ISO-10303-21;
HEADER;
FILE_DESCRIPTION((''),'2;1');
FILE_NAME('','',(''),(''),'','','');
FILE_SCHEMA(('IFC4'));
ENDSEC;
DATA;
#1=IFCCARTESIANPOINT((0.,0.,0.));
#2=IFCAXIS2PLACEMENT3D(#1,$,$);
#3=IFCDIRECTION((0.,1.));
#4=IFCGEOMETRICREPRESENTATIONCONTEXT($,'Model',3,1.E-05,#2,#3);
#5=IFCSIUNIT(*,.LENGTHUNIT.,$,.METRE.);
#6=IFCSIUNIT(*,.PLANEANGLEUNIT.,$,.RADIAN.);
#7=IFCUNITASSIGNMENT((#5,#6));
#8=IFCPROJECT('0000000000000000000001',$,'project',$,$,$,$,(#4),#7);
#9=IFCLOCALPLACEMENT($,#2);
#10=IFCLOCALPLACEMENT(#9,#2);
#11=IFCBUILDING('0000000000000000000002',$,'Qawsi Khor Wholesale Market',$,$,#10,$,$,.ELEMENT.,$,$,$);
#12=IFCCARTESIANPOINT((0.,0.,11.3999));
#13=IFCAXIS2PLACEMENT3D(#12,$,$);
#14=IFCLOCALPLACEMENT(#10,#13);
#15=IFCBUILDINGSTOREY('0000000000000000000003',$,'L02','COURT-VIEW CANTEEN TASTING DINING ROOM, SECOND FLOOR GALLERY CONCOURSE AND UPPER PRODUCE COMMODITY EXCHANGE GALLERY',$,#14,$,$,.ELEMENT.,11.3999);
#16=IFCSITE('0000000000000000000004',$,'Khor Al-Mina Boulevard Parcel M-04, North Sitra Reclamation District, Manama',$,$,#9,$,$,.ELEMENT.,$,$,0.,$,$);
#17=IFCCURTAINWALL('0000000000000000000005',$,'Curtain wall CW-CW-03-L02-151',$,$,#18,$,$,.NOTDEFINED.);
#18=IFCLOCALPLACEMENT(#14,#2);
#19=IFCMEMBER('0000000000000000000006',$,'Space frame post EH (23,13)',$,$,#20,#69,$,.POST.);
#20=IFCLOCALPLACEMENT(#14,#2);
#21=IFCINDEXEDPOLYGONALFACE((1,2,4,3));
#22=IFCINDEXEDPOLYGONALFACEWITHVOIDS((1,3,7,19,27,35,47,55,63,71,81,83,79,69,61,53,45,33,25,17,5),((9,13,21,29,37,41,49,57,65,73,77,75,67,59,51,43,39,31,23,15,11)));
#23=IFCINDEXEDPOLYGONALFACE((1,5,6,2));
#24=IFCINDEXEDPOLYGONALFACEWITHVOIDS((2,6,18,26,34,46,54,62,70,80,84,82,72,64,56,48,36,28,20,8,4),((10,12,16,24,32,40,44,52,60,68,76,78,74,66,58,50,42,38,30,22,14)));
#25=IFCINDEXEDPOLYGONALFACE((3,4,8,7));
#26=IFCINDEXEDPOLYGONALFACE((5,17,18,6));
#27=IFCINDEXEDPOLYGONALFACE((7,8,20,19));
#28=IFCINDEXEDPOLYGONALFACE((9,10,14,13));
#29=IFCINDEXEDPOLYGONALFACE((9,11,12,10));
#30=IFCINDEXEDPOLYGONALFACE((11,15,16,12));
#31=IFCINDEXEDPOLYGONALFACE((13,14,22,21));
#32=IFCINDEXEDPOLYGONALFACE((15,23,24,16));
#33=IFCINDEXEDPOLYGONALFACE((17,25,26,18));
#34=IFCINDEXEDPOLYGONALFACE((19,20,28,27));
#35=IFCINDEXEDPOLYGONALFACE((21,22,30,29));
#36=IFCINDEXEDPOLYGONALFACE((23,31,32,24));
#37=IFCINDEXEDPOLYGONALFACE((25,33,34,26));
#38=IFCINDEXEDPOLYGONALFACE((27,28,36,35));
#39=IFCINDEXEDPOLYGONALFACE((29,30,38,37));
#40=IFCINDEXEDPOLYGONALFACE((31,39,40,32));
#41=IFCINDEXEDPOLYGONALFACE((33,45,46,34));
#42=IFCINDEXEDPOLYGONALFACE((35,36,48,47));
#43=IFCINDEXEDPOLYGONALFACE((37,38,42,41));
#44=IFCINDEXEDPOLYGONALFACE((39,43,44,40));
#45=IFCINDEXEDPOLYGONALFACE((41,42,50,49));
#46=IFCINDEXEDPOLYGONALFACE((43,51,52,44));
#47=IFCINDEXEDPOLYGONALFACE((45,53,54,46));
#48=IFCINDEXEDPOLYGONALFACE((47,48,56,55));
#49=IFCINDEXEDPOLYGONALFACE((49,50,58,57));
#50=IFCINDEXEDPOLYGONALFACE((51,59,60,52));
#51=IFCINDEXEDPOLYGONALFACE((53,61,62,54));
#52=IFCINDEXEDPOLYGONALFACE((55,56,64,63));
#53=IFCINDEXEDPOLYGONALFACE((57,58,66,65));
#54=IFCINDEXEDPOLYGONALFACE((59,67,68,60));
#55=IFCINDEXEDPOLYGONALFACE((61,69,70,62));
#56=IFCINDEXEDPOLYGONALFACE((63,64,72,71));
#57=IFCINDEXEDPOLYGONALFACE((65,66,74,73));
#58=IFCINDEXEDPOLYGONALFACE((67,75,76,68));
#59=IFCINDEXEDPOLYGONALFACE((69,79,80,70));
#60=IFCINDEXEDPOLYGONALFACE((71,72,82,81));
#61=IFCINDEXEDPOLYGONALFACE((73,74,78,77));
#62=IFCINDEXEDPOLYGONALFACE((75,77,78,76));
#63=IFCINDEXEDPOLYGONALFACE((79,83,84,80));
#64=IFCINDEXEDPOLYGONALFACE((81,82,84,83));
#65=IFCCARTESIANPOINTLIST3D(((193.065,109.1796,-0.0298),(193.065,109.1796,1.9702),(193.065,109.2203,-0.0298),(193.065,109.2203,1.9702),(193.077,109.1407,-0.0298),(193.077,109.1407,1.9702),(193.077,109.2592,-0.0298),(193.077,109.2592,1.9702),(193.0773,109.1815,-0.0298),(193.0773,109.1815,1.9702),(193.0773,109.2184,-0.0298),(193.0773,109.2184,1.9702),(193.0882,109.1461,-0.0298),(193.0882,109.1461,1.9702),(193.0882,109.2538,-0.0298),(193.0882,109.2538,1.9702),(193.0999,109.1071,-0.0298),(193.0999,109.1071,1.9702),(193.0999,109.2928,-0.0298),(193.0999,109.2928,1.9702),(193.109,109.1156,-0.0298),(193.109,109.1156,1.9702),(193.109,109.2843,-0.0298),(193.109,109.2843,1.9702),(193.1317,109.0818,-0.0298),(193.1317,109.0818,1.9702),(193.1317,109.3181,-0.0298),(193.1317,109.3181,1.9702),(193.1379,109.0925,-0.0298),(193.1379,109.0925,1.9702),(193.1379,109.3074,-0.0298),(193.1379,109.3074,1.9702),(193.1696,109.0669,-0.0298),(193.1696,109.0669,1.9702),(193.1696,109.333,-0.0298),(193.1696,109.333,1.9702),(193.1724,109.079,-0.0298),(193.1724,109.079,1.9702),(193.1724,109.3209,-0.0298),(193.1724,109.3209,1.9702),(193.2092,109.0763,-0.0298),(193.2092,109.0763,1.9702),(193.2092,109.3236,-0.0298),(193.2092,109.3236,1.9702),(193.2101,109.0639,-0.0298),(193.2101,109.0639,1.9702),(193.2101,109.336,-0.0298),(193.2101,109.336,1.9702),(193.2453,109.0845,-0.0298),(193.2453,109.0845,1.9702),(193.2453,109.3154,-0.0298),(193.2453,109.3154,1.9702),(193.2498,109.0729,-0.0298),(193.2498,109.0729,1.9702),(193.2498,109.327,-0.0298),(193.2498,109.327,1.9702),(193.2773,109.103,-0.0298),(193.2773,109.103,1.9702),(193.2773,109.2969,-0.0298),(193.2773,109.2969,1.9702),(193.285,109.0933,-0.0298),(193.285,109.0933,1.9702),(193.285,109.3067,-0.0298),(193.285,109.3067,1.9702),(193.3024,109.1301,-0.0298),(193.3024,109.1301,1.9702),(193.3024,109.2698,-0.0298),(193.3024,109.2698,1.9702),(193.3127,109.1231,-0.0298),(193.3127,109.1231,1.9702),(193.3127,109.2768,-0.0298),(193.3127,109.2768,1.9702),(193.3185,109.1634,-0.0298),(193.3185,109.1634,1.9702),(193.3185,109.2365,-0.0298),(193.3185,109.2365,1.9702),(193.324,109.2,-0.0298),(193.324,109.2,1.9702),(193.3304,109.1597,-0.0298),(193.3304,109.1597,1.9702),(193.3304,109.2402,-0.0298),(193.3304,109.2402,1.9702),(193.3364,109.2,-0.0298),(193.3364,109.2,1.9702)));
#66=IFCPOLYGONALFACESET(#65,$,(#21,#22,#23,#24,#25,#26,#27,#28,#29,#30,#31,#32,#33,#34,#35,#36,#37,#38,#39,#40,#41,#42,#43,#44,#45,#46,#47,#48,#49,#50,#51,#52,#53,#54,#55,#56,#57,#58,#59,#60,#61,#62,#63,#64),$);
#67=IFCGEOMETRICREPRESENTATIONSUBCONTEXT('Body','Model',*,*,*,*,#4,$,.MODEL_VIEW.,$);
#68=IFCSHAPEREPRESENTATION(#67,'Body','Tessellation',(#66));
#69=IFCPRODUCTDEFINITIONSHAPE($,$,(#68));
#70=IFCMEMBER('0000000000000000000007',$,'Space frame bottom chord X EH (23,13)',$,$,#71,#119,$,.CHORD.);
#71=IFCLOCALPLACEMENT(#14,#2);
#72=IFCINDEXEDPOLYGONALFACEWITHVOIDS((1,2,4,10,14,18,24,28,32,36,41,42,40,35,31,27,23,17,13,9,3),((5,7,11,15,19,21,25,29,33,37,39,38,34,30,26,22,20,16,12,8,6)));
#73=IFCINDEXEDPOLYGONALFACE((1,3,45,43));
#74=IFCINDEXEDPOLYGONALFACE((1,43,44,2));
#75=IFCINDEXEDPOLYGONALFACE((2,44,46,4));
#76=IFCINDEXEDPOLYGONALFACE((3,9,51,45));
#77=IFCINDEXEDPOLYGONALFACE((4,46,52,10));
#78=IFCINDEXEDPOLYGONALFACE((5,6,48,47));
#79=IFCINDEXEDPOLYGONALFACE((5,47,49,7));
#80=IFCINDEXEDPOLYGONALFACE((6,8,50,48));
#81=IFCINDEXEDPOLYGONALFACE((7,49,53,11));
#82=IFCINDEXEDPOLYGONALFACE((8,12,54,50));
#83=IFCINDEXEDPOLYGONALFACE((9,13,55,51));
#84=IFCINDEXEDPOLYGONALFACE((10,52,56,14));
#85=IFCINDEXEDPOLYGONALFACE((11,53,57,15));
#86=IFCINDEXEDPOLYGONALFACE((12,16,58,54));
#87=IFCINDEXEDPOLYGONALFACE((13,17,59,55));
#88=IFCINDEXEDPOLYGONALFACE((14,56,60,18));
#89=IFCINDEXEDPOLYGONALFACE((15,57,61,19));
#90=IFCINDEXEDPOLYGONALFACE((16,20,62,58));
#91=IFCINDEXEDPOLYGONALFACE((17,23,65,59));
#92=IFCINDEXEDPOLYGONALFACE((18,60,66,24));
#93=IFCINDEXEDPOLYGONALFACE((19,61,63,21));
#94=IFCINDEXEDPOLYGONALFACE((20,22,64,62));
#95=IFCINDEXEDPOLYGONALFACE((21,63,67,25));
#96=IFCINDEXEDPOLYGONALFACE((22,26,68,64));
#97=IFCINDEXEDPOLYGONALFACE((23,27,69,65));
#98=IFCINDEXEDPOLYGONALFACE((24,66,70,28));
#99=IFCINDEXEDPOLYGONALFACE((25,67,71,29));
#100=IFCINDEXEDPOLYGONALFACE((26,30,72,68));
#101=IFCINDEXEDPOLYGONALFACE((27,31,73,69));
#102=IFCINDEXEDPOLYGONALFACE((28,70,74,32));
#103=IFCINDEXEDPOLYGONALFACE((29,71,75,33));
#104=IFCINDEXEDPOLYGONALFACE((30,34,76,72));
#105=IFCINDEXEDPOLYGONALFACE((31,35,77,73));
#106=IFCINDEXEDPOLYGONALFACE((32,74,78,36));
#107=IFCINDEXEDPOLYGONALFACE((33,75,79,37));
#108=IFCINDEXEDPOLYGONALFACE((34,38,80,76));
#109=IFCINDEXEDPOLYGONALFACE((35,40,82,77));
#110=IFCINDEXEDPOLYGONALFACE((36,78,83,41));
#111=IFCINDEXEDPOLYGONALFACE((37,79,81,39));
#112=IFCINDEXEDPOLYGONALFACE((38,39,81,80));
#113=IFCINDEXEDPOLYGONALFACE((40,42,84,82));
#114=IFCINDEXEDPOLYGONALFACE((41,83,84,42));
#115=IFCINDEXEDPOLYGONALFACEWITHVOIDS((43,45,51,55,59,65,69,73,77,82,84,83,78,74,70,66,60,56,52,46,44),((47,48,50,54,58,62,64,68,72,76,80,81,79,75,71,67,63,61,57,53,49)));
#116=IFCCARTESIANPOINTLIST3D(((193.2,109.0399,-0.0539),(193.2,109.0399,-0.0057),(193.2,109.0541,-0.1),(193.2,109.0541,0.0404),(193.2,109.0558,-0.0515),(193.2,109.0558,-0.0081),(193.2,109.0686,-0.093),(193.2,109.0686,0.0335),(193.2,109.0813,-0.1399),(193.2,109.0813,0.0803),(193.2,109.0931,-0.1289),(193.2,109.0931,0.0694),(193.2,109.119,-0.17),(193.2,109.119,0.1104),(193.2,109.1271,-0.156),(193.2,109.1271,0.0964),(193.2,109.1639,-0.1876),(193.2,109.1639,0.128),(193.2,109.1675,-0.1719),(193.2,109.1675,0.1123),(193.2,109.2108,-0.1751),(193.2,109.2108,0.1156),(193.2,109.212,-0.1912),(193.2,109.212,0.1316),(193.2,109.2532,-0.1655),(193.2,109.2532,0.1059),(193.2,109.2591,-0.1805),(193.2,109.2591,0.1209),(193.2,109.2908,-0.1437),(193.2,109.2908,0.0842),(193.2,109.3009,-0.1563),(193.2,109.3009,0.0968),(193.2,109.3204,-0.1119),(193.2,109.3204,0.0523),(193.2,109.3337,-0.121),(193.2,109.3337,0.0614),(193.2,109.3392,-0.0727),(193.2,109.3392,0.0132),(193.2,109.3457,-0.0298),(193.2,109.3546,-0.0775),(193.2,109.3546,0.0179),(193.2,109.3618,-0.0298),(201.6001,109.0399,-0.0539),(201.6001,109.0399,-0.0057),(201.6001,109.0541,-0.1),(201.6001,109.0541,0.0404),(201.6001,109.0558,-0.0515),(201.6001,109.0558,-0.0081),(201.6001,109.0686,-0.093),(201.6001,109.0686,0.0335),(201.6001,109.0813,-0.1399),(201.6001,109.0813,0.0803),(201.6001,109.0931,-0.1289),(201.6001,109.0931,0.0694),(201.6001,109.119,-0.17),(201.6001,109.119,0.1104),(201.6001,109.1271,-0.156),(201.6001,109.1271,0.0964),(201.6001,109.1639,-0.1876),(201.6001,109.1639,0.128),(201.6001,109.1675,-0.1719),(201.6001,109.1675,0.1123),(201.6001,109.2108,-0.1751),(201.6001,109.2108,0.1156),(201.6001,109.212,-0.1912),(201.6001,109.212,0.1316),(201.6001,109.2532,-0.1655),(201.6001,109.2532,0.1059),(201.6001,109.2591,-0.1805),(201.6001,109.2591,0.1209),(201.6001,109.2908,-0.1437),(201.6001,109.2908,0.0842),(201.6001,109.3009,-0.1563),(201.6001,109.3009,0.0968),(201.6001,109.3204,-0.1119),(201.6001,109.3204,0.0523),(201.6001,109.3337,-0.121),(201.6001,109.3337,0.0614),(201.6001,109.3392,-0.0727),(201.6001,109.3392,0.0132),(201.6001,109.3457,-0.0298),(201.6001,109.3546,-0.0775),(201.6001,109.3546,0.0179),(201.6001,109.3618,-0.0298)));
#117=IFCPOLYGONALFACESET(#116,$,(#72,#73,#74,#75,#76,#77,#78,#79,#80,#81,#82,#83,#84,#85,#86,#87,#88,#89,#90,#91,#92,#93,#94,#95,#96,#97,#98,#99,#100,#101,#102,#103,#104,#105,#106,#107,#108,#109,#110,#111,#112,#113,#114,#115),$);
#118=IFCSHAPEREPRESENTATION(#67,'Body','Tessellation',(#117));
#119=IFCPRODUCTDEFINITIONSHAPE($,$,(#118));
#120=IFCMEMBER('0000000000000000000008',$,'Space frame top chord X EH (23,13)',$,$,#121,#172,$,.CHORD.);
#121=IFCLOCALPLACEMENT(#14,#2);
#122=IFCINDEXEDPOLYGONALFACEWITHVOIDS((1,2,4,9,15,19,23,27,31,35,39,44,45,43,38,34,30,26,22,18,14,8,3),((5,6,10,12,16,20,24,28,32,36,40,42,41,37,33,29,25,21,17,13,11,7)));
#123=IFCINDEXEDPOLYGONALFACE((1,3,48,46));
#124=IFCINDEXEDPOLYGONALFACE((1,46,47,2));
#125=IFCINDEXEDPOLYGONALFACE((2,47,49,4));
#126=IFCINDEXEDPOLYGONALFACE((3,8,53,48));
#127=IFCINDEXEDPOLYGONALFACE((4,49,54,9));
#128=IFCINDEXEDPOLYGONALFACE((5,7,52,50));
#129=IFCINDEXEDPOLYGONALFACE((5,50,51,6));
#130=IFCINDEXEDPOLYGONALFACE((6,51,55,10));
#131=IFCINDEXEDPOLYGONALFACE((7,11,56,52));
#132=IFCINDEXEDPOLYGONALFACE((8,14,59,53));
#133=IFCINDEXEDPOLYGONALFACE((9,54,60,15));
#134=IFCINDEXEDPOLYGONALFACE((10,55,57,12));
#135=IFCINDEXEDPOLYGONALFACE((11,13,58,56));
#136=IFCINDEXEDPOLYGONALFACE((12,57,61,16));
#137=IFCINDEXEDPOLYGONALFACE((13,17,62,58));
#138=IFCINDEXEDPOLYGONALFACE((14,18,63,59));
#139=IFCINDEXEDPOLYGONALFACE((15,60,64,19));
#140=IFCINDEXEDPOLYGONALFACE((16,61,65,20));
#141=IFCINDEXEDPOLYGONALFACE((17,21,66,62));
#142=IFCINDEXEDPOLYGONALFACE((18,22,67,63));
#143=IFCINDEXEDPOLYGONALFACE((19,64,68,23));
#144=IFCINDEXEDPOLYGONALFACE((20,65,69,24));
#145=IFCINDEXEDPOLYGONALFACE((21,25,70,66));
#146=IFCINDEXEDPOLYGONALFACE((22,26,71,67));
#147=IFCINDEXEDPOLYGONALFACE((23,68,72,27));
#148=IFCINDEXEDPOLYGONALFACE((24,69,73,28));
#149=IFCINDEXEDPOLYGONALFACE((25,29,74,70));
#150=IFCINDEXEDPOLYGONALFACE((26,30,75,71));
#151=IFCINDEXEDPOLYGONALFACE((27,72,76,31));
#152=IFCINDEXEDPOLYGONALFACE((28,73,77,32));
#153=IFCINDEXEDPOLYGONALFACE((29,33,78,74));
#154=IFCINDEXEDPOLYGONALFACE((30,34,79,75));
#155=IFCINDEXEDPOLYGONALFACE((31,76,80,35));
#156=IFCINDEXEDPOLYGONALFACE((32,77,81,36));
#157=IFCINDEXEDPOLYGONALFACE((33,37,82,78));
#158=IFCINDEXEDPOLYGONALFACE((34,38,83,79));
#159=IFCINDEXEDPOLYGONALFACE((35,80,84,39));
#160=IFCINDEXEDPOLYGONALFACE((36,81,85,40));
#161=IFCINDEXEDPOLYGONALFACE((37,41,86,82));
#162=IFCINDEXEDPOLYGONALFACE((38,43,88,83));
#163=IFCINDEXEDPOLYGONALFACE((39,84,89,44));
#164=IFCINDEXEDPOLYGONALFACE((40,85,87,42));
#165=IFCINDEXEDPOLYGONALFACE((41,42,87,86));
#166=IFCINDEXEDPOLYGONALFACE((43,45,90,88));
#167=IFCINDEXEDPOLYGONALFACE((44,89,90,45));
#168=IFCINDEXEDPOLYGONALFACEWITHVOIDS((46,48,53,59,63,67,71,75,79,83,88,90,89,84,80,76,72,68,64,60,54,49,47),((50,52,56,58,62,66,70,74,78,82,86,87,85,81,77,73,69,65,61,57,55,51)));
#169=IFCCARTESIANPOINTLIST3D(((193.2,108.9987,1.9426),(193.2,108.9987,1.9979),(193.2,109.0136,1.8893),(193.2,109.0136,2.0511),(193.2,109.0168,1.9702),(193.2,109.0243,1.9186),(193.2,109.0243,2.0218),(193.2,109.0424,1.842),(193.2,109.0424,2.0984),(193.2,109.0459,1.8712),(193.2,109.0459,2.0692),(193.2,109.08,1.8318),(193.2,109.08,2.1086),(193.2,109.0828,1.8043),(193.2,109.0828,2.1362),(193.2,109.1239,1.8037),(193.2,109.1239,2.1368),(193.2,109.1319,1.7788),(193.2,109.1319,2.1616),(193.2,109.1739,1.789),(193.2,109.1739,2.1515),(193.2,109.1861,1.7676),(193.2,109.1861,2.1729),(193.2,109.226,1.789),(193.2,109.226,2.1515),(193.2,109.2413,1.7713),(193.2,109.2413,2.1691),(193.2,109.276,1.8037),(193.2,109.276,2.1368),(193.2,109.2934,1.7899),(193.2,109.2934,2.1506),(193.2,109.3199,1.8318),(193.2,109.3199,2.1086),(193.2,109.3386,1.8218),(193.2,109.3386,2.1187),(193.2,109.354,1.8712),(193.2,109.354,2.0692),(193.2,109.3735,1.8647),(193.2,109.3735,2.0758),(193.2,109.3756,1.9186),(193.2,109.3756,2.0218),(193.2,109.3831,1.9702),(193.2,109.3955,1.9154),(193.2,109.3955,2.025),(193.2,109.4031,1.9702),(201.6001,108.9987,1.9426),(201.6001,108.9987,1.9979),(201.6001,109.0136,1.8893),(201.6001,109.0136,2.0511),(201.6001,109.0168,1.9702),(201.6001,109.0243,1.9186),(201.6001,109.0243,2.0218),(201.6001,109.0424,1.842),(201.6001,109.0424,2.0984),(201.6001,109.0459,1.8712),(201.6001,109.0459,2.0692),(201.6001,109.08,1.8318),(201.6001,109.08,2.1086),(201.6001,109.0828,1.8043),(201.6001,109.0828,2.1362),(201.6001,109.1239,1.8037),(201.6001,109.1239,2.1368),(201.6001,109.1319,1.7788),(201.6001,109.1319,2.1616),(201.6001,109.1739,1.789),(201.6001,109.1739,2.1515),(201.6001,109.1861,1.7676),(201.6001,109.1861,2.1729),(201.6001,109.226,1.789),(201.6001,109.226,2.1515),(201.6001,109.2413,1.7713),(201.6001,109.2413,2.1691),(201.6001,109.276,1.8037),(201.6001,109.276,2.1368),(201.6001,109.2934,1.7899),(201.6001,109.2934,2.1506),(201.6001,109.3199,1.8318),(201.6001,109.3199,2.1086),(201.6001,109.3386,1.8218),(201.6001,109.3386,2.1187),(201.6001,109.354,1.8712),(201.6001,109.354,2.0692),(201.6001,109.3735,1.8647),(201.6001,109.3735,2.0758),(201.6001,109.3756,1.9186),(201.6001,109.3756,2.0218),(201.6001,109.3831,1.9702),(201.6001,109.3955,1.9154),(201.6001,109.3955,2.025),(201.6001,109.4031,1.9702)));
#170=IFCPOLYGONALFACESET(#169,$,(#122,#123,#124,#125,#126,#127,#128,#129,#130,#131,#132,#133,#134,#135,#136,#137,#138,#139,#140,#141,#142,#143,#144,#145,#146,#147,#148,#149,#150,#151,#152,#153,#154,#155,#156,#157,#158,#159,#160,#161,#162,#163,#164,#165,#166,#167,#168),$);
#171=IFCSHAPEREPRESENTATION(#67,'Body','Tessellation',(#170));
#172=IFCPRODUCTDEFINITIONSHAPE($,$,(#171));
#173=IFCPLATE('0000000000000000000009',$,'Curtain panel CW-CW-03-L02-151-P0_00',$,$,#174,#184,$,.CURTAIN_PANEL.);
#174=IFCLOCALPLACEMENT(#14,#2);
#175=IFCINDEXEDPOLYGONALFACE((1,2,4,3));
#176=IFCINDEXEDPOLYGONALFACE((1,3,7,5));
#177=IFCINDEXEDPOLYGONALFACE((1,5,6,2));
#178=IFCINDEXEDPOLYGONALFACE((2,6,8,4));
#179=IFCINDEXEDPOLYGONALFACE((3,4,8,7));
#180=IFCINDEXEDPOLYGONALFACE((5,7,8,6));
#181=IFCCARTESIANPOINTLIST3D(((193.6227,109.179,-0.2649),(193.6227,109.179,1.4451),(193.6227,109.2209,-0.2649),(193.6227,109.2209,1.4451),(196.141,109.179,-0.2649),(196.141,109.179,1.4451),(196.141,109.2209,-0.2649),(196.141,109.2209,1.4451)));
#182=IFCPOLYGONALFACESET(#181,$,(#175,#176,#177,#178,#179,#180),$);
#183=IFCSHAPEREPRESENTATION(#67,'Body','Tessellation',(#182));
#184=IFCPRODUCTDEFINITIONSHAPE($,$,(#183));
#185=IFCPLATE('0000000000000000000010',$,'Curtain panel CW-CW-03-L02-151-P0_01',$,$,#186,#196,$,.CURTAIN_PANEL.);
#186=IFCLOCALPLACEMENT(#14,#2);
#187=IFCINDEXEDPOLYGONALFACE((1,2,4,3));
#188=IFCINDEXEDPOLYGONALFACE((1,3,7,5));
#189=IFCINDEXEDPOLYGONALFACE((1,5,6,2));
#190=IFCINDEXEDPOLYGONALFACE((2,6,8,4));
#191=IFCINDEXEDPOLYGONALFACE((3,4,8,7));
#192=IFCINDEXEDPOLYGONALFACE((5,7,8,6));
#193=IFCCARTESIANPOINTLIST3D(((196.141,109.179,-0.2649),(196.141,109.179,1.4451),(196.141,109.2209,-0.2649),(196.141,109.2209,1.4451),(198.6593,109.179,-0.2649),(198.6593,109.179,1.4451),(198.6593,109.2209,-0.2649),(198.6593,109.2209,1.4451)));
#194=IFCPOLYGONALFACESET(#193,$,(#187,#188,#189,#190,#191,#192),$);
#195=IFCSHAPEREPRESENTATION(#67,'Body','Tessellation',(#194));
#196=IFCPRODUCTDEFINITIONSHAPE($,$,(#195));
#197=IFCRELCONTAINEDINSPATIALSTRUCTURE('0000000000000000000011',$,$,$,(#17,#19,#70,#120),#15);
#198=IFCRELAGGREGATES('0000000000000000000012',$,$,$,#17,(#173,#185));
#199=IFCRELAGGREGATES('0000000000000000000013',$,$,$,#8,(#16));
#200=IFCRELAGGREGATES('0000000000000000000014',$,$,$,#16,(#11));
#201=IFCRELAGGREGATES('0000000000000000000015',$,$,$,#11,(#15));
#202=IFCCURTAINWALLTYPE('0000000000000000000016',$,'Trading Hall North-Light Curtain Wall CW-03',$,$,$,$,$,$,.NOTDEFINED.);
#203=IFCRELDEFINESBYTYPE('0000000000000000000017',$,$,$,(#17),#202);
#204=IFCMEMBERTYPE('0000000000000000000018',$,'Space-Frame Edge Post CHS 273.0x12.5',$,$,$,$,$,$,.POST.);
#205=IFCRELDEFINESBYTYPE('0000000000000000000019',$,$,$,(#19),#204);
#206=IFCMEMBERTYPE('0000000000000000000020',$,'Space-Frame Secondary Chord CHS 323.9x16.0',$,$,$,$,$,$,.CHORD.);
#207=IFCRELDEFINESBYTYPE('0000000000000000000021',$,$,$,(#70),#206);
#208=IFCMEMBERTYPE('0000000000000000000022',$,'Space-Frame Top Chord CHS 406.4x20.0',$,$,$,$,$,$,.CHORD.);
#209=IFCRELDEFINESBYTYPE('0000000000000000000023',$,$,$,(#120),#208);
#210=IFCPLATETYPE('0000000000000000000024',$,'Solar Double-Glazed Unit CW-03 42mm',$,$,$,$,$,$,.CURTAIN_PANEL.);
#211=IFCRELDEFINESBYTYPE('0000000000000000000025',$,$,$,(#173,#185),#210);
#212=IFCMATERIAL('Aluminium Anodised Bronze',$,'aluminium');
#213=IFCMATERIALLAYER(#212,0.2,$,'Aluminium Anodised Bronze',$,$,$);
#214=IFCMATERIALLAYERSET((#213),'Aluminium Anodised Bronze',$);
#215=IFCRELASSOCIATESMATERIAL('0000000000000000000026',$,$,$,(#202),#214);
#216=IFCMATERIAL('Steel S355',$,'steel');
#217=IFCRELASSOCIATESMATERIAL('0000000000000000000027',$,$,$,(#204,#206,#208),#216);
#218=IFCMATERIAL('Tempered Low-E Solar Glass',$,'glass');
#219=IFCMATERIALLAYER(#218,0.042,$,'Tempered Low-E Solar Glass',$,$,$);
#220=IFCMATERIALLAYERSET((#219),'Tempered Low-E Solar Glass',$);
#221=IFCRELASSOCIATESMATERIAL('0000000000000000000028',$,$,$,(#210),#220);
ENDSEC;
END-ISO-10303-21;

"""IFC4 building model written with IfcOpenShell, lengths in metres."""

from ifc_helpers import new_model, si_unit, direction, frame, frame_2d, origin, origin_2d, place, context, subcontext, project, spatial, rectangle, hollow_circle, extrude, material, layer, layer_set, material_profile, profile_set, type_object, element, aggregate, save


model = new_model("IFC4")

# Units and contexts
model_context = context("Model", 3, precision=1e-05, world=origin(), true_north=direction((0.0, 1.0)))
body_context = subcontext(model_context, "Body", "Model", "MODEL_VIEW")
ifc_project = project(units=[si_unit("LENGTHUNIT", "METRE"), si_unit("PLANEANGLEUNIT", "RADIAN")], contexts=[model_context])

# Site, building, storey
site_placement = place(None, origin())
site = spatial("IfcSite", under=ifc_project, at=site_placement, Name="Khor Al-Mina Boulevard Parcel M-04, North Sitra Reclamation District, Manama", CompositionType="ELEMENT", RefElevation=0.0)
building_placement = place(site_placement, origin())
building = spatial("IfcBuilding", under=site, at=building_placement, Name="Qawsi Khor Wholesale Market", CompositionType="ELEMENT")
storey_placement = place(building_placement, frame((0.0, 0.0, 11.3999)))
storey = spatial("IfcBuildingStorey", under=building, at=storey_placement, Name="L02", Description="COURT-VIEW CANTEEN TASTING DINING ROOM, SECOND FLOOR GALLERY CONCOURSE AND UPPER PRODUCE COMMODITY EXCHANGE GALLERY", CompositionType="ELEMENT", Elevation=11.3999)

# Curtain wall
ifc_material_1 = material(Name="Aluminium Anodised Bronze", Category="aluminium")
ifc_layer_1 = layer(ifc_material_1, 0.2, Name="Aluminium Anodised Bronze")
ifc_layer_set_1 = layer_set([ifc_layer_1], Name="Aluminium Anodised Bronze")
curtain_wall_type = type_object("IfcCurtainWallType", Name="Trading Hall North-Light Curtain Wall CW-03", PredefinedType="NOTDEFINED", material=ifc_layer_set_1)
curtain_wall_placement = place(storey_placement, origin())
curtain_wall = element("IfcCurtainWall", 1, at=curtain_wall_placement, inside=storey, type_object=curtain_wall_type, Name="Curtain wall CW-CW-03-L02-151", PredefinedType="NOTDEFINED")

# Members
ifc_material_2 = material(Name="Steel S355", Category="steel")
ifc_material_profile_1 = material_profile(ifc_material_2, hollow_circle(Radius=0.1365, WallThickness=0.0125, at=origin_2d()), Name="CHS 273.0x12.5")
ifc_profile_set_1 = profile_set([ifc_material_profile_1], Name="Steel S355")
member_type_1 = type_object("IfcMemberType", Name="Space-Frame Edge Post CHS 273.0x12.5", PredefinedType="POST", material=ifc_profile_set_1)
member_1_placement = place(storey_placement, frame((193.2, 109.2, -0.0298), z_axis=(0.0, 0.0, 1.0), x_axis=(1.0, 0.0, 0.0)))
element("IfcMember", 2, at=member_1_placement, inside=storey, type_object=member_type_1, Name="Space frame post EH (23,13)", PredefinedType="POST", context=body_context, shape_type="SweptSolid", body=[
    extrude(hollow_circle(Radius=0.1365, WallThickness=0.0125, at=origin_2d()), origin(), (0.0, 0.0, 1.0), 2.0),
])
ifc_material_profile_2 = material_profile(ifc_material_2, hollow_circle(Radius=0.1619, WallThickness=0.0161, at=origin_2d()), Name="CHS 323.9x16.0")
ifc_profile_set_2 = profile_set([ifc_material_profile_2], Name="Steel S355")
member_type_2 = type_object("IfcMemberType", Name="Space-Frame Secondary Chord CHS 323.9x16.0", PredefinedType="CHORD", material=ifc_profile_set_2)
member_2_placement = place(storey_placement, frame((193.2, 109.2, -0.0298), z_axis=(1.0, 0.0, 0.0), x_axis=(0.0, 1.0, 0.0)))
element("IfcMember", 3, at=member_2_placement, inside=storey, type_object=member_type_2, Name="Space frame bottom chord X EH (23,13)", PredefinedType="CHORD", context=body_context, shape_type="SweptSolid", body=[
    extrude(hollow_circle(Radius=0.1619, WallThickness=0.0161, at=origin_2d()), origin(), (0.0, 0.0, 1.0), 8.4001),
])
ifc_material_profile_3 = material_profile(ifc_material_2, hollow_circle(Radius=0.2031, WallThickness=0.02, at=origin_2d()), Name="CHS 406.4x20.0")
ifc_profile_set_3 = profile_set([ifc_material_profile_3], Name="Steel S355")
member_type_3 = type_object("IfcMemberType", Name="Space-Frame Top Chord CHS 406.4x20.0", PredefinedType="CHORD", material=ifc_profile_set_3)
member_3_placement = place(storey_placement, frame((193.2, 109.2, 1.9702), z_axis=(1.0, 0.0, 0.0), x_axis=(0.0, 1.0, 0.0)))
element("IfcMember", 4, at=member_3_placement, inside=storey, type_object=member_type_3, Name="Space frame top chord X EH (23,13)", PredefinedType="CHORD", context=body_context, shape_type="SweptSolid", body=[
    extrude(hollow_circle(Radius=0.2031, WallThickness=0.02, at=origin_2d()), origin(), (0.0, 0.0, 1.0), 8.4001),
])

# Plates
ifc_material_3 = material(Name="Tempered Low-E Solar Glass", Category="glass")
ifc_layer_2 = layer(ifc_material_3, 0.042, Name="Tempered Low-E Solar Glass")
ifc_layer_set_2 = layer_set([ifc_layer_2], Name="Tempered Low-E Solar Glass")
plate_type = type_object("IfcPlateType", Name="Solar Double-Glazed Unit CW-03 42mm", PredefinedType="CURTAIN_PANEL", material=ifc_layer_set_2)
plate_1_placement = place(storey_placement, frame((193.6226, 109.2, -0.2649), z_axis=(0.0, 0.0, 1.0), x_axis=(1.0, 0.0, 0.0)))
plate_1 = element("IfcPlate", 5, at=plate_1_placement, type_object=plate_type, Name="Curtain panel CW-CW-03-L02-151-P0_00", PredefinedType="CURTAIN_PANEL", context=body_context, shape_type="SweptSolid", body=[
    extrude(rectangle(XDim=2.5183, YDim=0.042, at=frame_2d((1.2593, 0.0))), origin(), (0.0, 0.0, 1.0), 1.71),
])
plate_2_placement = place(storey_placement, frame((196.1409, 109.2, -0.2649), z_axis=(0.0, 0.0, 1.0), x_axis=(1.0, 0.0, 0.0)))
plate_2 = element("IfcPlate", 6, at=plate_2_placement, type_object=plate_type, Name="Curtain panel CW-CW-03-L02-151-P0_01", PredefinedType="CURTAIN_PANEL", context=body_context, shape_type="SweptSolid", body=[
    extrude(rectangle(XDim=2.5183, YDim=0.042, at=frame_2d((1.2593, 0.0))), origin(), (0.0, 0.0, 1.0), 1.71),
])
aggregate(curtain_wall, [plate_1, plate_2])

save(model, "model.ifc")
